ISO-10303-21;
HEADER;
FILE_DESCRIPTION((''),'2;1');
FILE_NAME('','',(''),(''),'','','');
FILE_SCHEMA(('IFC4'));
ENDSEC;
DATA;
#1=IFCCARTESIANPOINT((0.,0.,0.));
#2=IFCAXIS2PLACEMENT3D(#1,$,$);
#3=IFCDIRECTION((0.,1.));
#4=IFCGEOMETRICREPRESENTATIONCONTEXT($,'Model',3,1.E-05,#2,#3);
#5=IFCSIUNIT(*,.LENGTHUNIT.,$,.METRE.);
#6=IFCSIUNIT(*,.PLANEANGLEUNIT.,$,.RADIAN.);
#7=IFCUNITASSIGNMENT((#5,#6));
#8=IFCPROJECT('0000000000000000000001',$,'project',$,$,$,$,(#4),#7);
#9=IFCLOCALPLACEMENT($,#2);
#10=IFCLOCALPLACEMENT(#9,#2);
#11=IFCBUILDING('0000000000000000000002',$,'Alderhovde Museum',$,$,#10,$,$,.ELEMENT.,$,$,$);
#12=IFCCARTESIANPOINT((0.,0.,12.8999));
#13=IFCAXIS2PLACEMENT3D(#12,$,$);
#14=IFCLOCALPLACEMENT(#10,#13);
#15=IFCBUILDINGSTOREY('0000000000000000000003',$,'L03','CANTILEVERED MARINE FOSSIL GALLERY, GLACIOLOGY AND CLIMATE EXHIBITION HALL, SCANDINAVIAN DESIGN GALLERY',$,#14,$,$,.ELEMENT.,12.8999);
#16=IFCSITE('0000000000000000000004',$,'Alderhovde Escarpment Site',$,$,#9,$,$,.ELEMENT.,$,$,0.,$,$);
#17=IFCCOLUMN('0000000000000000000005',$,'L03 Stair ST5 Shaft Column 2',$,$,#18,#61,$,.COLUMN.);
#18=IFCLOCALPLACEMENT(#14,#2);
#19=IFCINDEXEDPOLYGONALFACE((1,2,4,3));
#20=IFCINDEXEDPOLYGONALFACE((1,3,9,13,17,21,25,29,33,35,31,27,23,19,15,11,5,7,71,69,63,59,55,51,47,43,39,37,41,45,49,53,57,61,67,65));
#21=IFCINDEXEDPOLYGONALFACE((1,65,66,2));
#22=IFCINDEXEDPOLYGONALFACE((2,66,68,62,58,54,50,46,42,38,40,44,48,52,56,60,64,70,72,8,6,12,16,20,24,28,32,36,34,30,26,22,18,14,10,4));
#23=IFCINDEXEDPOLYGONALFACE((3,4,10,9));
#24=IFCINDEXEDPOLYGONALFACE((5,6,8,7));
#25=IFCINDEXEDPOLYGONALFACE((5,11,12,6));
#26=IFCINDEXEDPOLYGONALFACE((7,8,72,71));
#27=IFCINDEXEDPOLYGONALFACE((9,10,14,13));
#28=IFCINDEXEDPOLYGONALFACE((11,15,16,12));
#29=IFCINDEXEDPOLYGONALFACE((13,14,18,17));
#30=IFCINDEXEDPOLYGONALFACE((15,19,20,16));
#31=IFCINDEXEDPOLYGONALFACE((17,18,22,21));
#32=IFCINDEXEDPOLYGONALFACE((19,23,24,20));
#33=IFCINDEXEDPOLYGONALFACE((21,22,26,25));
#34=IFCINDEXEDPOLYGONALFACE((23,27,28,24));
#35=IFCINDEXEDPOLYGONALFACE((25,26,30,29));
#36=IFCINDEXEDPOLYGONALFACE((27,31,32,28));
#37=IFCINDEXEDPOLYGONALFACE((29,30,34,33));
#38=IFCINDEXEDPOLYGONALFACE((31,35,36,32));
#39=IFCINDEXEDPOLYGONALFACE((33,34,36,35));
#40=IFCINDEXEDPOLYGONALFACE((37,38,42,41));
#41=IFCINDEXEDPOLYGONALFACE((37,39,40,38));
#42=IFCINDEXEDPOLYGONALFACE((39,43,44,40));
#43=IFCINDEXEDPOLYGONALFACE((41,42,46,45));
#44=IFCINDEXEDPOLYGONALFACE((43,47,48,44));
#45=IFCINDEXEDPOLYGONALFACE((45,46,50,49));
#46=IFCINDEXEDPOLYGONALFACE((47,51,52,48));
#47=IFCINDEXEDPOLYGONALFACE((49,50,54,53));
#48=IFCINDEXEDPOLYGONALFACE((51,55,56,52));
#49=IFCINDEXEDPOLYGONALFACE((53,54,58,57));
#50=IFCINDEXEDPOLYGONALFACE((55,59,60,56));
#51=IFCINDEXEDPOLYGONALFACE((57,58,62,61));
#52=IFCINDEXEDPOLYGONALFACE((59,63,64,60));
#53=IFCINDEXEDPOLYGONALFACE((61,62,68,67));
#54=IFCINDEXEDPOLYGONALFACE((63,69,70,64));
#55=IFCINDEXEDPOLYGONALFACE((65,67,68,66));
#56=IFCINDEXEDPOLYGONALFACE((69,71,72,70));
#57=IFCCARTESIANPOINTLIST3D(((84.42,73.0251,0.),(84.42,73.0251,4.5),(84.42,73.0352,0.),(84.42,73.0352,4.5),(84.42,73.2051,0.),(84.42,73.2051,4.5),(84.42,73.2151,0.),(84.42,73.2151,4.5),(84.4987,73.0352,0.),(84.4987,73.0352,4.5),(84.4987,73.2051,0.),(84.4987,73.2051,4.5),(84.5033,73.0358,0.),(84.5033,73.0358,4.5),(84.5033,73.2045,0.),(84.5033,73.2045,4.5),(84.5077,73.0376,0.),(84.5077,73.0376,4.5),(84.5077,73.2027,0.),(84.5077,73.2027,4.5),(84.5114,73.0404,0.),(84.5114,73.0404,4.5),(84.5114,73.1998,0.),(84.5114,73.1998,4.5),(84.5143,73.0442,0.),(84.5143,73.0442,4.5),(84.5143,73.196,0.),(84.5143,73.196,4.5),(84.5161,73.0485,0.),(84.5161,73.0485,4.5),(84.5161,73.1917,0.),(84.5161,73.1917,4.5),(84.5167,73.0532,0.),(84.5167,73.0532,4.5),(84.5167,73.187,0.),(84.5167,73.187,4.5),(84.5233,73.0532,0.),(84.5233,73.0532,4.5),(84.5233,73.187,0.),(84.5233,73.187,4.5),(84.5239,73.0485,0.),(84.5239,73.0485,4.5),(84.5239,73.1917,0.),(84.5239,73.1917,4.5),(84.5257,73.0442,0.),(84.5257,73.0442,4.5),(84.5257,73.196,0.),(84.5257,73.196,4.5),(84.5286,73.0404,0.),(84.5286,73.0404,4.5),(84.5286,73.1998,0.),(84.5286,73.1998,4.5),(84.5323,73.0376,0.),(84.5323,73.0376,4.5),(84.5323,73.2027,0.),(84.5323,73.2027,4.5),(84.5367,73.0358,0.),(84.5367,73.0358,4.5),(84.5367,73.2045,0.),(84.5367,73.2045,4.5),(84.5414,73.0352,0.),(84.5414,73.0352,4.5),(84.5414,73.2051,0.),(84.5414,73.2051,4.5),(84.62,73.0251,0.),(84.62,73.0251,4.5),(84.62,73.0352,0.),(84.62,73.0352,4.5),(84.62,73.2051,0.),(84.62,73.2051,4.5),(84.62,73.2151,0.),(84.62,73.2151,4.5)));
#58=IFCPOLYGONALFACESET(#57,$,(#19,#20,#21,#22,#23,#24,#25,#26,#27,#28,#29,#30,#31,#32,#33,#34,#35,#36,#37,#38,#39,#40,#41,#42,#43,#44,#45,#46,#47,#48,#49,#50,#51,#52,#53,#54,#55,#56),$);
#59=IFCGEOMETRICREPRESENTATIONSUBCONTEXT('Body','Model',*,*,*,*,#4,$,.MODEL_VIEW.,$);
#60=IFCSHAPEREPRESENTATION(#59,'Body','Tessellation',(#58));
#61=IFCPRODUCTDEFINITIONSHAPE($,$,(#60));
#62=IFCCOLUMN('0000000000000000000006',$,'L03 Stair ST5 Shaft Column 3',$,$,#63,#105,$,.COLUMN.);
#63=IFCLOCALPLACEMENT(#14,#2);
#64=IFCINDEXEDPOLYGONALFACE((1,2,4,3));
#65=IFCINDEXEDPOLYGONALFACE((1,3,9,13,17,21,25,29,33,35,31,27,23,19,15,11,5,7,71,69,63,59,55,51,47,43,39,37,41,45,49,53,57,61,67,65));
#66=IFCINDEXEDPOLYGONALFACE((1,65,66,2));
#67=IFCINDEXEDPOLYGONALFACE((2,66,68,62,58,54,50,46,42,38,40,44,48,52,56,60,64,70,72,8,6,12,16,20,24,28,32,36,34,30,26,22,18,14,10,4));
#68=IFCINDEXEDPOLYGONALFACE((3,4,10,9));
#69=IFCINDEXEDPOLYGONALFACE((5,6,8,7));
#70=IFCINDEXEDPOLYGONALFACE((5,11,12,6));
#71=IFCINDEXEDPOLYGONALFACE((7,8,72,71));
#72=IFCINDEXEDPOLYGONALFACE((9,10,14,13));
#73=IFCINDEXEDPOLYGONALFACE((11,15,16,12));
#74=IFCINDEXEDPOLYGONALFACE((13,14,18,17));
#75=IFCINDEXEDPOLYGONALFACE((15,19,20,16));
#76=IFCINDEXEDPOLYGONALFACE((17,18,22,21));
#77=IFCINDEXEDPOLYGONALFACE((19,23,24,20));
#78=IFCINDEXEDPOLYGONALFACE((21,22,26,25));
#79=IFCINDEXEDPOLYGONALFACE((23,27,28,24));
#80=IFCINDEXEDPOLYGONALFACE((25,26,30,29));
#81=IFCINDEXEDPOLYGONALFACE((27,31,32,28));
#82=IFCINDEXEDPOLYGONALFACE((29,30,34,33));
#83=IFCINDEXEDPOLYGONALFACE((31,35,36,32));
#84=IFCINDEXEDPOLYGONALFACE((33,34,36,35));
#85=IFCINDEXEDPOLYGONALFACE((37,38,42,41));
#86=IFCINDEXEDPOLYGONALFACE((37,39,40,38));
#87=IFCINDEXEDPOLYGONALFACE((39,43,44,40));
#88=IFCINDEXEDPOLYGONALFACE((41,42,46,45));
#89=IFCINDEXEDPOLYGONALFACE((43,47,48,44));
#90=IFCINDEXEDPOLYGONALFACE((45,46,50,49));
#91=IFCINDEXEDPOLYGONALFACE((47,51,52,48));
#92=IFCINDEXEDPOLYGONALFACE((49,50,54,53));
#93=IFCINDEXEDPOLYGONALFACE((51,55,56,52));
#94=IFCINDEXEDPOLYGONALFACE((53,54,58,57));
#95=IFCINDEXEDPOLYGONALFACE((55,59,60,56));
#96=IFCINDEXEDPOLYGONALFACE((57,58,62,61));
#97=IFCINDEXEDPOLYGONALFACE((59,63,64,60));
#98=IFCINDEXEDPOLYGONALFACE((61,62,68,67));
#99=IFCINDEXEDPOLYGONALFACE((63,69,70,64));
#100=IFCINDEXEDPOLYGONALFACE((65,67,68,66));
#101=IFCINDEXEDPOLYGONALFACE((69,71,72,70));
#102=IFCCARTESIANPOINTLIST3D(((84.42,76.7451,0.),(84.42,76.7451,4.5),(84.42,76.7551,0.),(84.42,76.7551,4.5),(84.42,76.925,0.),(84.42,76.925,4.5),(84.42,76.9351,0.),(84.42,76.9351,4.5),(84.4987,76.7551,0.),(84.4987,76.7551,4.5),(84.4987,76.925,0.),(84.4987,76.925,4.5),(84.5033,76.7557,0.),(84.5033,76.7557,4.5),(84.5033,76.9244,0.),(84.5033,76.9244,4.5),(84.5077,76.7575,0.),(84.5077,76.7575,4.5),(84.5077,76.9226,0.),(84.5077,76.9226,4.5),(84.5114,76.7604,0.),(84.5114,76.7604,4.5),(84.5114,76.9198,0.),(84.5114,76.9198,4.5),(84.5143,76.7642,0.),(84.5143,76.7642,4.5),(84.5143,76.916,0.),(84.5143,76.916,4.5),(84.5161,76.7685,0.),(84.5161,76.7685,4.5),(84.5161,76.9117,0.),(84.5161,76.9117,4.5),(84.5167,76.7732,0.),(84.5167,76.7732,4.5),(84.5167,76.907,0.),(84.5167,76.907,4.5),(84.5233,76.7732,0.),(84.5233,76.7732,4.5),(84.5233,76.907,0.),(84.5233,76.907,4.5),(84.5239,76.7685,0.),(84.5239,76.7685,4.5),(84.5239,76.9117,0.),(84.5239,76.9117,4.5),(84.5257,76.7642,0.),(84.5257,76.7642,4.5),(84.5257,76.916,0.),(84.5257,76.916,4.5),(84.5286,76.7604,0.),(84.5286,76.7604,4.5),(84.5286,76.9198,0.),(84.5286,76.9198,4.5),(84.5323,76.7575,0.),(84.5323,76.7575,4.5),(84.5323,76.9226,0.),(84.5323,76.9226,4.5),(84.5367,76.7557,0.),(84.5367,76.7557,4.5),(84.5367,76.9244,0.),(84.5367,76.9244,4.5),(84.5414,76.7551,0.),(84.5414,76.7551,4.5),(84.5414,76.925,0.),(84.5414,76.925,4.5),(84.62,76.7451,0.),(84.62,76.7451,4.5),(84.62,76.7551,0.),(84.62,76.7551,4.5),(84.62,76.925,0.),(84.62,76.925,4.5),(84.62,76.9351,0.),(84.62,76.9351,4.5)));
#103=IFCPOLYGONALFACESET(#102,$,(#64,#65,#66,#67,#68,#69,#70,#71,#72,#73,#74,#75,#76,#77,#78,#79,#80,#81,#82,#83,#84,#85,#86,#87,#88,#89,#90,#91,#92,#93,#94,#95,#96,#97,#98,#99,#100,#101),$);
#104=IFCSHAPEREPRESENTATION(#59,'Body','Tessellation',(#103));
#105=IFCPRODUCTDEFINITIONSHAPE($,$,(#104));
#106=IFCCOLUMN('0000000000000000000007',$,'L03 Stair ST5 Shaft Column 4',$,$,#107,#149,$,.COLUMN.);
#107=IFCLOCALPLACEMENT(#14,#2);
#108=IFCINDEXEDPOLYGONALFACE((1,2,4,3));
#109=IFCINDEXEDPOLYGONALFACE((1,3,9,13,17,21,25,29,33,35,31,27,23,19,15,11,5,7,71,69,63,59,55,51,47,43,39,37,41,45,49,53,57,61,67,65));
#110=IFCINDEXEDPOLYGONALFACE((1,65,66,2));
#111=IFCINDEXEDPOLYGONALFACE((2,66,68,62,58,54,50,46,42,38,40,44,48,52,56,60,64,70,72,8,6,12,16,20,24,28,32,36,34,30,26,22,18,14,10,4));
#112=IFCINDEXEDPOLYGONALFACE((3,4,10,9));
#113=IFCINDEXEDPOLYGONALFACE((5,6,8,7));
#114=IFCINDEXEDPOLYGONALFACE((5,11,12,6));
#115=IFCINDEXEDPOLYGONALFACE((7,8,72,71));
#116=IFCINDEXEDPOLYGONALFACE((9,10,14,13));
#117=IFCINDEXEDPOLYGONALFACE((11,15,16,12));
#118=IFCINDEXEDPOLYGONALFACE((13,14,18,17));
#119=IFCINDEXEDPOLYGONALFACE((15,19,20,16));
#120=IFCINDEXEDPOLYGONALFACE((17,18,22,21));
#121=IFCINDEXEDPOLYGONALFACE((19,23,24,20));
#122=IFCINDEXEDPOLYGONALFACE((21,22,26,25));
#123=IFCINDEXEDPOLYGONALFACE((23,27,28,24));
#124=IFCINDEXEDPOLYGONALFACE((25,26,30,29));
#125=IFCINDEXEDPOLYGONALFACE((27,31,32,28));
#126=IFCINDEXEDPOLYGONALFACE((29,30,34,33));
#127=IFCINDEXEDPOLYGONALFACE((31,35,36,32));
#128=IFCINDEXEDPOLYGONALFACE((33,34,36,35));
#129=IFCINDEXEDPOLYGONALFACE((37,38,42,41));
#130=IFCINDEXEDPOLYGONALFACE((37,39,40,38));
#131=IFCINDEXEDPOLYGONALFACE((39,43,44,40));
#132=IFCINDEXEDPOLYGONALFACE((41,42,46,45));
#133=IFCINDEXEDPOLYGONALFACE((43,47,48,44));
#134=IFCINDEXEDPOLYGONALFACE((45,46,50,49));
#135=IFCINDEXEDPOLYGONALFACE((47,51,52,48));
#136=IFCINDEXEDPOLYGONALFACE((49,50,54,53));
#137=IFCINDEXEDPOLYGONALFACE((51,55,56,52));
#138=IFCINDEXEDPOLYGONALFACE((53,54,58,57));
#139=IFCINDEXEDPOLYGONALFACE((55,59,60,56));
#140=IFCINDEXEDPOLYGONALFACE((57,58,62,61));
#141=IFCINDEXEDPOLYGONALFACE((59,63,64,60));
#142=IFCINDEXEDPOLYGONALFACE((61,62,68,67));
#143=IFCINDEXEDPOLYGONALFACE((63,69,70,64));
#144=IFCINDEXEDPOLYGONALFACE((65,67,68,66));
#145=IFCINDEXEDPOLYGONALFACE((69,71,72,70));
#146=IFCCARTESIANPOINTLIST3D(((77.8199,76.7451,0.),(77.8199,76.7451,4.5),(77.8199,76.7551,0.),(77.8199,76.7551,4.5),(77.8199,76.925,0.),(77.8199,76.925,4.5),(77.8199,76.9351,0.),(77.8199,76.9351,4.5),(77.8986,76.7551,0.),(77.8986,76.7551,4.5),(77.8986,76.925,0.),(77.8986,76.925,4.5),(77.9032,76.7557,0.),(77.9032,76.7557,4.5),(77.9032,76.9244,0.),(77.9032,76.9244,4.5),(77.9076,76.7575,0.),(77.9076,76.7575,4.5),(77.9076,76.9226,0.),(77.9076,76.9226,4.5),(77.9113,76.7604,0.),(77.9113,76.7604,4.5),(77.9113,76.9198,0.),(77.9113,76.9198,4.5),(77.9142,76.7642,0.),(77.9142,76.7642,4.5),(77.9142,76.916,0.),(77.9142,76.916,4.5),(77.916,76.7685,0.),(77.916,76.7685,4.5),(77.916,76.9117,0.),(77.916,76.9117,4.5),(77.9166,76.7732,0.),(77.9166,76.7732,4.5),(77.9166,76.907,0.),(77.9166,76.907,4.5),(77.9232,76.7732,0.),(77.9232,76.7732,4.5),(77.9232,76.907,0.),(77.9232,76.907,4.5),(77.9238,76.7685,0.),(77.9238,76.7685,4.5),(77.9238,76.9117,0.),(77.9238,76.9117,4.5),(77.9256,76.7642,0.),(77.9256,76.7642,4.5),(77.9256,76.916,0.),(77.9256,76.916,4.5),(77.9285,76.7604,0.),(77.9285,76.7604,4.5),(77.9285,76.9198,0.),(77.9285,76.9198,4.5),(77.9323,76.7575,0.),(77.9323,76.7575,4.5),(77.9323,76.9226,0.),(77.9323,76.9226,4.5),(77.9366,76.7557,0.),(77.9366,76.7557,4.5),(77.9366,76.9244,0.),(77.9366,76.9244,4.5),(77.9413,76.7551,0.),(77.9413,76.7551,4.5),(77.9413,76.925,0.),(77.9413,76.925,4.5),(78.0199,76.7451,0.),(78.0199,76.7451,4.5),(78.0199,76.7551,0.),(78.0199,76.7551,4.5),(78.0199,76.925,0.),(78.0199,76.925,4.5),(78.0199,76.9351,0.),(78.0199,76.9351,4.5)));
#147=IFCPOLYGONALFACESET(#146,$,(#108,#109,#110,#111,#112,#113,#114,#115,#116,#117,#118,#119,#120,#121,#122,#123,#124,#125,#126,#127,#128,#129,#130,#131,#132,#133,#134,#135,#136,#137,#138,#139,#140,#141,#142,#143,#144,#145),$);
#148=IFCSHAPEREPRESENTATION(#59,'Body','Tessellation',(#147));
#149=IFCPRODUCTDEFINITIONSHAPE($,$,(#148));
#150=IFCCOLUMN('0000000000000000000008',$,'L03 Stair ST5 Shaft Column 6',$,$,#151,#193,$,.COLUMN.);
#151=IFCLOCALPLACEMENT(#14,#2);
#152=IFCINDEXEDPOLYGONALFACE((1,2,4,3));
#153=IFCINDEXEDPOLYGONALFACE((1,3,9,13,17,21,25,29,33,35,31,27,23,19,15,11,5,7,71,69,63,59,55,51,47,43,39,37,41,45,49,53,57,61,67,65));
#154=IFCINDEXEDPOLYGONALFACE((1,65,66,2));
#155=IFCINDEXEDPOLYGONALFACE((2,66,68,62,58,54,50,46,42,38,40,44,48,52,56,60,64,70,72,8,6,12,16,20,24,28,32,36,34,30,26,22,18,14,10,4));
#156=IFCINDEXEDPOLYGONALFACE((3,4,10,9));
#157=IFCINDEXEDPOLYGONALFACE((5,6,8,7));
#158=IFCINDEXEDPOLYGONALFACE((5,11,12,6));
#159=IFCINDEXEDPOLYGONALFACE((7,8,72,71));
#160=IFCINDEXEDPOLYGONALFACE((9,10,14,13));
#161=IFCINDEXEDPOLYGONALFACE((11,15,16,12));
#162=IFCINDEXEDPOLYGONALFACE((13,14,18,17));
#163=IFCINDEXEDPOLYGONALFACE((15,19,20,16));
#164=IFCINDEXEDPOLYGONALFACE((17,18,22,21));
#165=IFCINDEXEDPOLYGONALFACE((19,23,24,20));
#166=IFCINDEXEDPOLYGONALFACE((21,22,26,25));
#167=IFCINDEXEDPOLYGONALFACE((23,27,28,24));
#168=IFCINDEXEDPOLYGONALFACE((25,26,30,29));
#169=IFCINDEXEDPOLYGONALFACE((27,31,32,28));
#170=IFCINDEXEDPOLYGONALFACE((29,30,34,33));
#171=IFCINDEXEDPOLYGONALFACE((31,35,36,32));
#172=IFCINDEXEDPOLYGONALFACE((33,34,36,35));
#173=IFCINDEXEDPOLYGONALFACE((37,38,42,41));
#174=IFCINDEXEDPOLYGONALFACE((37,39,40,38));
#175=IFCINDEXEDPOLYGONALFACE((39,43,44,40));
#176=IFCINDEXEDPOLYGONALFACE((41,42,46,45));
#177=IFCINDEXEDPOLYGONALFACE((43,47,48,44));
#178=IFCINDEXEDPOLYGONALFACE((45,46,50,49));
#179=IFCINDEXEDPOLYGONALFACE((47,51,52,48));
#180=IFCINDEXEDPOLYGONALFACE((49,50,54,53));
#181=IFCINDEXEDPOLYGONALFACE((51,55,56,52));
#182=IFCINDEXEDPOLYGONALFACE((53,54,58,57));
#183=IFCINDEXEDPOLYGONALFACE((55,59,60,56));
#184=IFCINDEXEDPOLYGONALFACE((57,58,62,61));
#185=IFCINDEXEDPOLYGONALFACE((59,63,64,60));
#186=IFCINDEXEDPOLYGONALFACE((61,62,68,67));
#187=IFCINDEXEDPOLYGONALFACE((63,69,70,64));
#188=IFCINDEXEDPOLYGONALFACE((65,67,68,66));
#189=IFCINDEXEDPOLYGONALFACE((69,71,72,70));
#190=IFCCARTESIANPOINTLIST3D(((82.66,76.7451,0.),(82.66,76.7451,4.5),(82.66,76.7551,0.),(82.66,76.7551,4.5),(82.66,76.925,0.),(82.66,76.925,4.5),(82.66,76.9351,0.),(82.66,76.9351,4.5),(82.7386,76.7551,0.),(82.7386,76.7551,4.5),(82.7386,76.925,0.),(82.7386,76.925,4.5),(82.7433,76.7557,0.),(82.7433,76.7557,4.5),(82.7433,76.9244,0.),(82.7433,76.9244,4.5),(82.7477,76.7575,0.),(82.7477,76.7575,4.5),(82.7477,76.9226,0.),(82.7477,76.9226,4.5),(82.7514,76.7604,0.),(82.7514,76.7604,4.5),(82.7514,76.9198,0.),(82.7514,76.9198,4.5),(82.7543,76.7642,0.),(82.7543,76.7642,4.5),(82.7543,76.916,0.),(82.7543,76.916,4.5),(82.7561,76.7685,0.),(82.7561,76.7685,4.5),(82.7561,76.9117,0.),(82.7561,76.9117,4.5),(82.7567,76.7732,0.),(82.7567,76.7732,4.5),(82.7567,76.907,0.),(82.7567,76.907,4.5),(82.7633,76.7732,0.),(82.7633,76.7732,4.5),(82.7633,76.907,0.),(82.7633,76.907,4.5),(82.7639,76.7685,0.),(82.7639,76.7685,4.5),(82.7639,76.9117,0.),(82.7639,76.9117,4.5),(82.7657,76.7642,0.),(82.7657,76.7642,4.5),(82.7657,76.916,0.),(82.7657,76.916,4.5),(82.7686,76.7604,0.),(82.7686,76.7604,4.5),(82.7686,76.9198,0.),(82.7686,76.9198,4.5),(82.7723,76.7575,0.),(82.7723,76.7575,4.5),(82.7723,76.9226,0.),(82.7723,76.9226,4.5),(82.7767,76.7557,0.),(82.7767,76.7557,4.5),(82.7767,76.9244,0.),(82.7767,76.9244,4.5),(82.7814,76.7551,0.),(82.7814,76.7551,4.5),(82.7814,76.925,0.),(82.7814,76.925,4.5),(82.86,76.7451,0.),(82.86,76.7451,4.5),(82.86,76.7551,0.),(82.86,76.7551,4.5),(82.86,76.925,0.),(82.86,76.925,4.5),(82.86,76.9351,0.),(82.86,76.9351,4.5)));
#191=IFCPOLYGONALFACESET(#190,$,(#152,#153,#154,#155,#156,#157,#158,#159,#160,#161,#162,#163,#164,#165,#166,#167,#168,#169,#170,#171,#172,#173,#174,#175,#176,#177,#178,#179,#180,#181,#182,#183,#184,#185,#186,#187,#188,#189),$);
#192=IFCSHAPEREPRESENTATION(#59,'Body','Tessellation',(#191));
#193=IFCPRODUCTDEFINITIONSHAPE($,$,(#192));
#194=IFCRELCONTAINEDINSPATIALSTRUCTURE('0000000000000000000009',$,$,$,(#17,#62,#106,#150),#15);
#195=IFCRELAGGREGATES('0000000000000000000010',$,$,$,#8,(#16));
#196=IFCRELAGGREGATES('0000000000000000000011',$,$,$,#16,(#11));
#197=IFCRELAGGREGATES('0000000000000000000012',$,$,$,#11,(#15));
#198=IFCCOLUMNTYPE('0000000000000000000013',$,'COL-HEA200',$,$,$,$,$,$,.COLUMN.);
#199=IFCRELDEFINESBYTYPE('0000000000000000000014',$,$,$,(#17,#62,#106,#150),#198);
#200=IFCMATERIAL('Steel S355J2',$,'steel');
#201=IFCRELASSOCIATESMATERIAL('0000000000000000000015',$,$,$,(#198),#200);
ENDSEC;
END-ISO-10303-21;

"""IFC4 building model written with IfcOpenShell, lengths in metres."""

from ifc_helpers import new_model, si_unit, direction, frame, origin, origin_2d, place, context, subcontext, project, spatial, i_section, extrude, material, material_profile, profile_set, type_object, element, save


model = new_model("IFC4")

# Units and contexts
model_context = context("Model", 3, precision=1e-05, world=origin(), true_north=direction((0.0, 1.0)))
body_context = subcontext(model_context, "Body", "Model", "MODEL_VIEW")
ifc_project = project(units=[si_unit("LENGTHUNIT", "METRE"), si_unit("PLANEANGLEUNIT", "RADIAN")], contexts=[model_context])

# Site, building, storey
site_placement = place(None, origin())
site = spatial("IfcSite", under=ifc_project, at=site_placement, Name="Alderhovde Escarpment Site", CompositionType="ELEMENT", RefElevation=0.0)
building_placement = place(site_placement, origin())
building = spatial("IfcBuilding", under=site, at=building_placement, Name="Alderhovde Museum", CompositionType="ELEMENT")
storey_placement = place(building_placement, frame((0.0, 0.0, 12.8999)))
storey = spatial("IfcBuildingStorey", under=building, at=storey_placement, Name="L03", Description="CANTILEVERED MARINE FOSSIL GALLERY, GLACIOLOGY AND CLIMATE EXHIBITION HALL, SCANDINAVIAN DESIGN GALLERY", CompositionType="ELEMENT", Elevation=12.8999)

# Columns
ifc_material_1 = material(Name="Steel S355J2", Category="steel")
ifc_material_profile_1 = material_profile(ifc_material_1, i_section(OverallWidth=0.2, OverallDepth=0.1899, WebThickness=0.0066, FlangeThickness=0.01, FilletRadius=0.0181, at=origin_2d()), Name="HEA 200")
ifc_profile_set_1 = profile_set([ifc_material_profile_1], Name="Steel S355J2")
column_type_1 = type_object("IfcColumnType", Name="COL-HEA200", PredefinedType="COLUMN", material=ifc_profile_set_1)
for number, where, z_axis, x_axis, name in (
    (1, (84.52, 73.1201, 0.0), (0.0, 0.0, 1.0), (1.0, 0.0, 0.0), "L03 Stair ST5 Shaft Column 2"),
    (2, (84.52, 76.8401, 0.0), (0.0, 0.0, 1.0), (1.0, 0.0, 0.0), "L03 Stair ST5 Shaft Column 3"),
    (3, (77.9199, 76.8401, 0.0), (0.0, 0.0, 1.0), (1.0, 0.0, 0.0), "L03 Stair ST5 Shaft Column 4"),
    (4, (82.76, 76.8401, 0.0), (0.0, 0.0, 1.0), (1.0, 0.0, 0.0), "L03 Stair ST5 Shaft Column 6"),
):
    element("IfcColumn", number, at=place(storey_placement, frame(where, z_axis=z_axis, x_axis=x_axis)), inside=storey, type_object=column_type_1, Name=name, PredefinedType="COLUMN", context=body_context, shape_type="SweptSolid", body=[
        extrude(i_section(OverallWidth=0.2, OverallDepth=0.1899, WebThickness=0.0066, FlangeThickness=0.01, FilletRadius=0.0181, at=origin_2d()), origin(), (0.0, 0.0, 1.0), 4.5),
    ])

save(model, "model.ifc")
